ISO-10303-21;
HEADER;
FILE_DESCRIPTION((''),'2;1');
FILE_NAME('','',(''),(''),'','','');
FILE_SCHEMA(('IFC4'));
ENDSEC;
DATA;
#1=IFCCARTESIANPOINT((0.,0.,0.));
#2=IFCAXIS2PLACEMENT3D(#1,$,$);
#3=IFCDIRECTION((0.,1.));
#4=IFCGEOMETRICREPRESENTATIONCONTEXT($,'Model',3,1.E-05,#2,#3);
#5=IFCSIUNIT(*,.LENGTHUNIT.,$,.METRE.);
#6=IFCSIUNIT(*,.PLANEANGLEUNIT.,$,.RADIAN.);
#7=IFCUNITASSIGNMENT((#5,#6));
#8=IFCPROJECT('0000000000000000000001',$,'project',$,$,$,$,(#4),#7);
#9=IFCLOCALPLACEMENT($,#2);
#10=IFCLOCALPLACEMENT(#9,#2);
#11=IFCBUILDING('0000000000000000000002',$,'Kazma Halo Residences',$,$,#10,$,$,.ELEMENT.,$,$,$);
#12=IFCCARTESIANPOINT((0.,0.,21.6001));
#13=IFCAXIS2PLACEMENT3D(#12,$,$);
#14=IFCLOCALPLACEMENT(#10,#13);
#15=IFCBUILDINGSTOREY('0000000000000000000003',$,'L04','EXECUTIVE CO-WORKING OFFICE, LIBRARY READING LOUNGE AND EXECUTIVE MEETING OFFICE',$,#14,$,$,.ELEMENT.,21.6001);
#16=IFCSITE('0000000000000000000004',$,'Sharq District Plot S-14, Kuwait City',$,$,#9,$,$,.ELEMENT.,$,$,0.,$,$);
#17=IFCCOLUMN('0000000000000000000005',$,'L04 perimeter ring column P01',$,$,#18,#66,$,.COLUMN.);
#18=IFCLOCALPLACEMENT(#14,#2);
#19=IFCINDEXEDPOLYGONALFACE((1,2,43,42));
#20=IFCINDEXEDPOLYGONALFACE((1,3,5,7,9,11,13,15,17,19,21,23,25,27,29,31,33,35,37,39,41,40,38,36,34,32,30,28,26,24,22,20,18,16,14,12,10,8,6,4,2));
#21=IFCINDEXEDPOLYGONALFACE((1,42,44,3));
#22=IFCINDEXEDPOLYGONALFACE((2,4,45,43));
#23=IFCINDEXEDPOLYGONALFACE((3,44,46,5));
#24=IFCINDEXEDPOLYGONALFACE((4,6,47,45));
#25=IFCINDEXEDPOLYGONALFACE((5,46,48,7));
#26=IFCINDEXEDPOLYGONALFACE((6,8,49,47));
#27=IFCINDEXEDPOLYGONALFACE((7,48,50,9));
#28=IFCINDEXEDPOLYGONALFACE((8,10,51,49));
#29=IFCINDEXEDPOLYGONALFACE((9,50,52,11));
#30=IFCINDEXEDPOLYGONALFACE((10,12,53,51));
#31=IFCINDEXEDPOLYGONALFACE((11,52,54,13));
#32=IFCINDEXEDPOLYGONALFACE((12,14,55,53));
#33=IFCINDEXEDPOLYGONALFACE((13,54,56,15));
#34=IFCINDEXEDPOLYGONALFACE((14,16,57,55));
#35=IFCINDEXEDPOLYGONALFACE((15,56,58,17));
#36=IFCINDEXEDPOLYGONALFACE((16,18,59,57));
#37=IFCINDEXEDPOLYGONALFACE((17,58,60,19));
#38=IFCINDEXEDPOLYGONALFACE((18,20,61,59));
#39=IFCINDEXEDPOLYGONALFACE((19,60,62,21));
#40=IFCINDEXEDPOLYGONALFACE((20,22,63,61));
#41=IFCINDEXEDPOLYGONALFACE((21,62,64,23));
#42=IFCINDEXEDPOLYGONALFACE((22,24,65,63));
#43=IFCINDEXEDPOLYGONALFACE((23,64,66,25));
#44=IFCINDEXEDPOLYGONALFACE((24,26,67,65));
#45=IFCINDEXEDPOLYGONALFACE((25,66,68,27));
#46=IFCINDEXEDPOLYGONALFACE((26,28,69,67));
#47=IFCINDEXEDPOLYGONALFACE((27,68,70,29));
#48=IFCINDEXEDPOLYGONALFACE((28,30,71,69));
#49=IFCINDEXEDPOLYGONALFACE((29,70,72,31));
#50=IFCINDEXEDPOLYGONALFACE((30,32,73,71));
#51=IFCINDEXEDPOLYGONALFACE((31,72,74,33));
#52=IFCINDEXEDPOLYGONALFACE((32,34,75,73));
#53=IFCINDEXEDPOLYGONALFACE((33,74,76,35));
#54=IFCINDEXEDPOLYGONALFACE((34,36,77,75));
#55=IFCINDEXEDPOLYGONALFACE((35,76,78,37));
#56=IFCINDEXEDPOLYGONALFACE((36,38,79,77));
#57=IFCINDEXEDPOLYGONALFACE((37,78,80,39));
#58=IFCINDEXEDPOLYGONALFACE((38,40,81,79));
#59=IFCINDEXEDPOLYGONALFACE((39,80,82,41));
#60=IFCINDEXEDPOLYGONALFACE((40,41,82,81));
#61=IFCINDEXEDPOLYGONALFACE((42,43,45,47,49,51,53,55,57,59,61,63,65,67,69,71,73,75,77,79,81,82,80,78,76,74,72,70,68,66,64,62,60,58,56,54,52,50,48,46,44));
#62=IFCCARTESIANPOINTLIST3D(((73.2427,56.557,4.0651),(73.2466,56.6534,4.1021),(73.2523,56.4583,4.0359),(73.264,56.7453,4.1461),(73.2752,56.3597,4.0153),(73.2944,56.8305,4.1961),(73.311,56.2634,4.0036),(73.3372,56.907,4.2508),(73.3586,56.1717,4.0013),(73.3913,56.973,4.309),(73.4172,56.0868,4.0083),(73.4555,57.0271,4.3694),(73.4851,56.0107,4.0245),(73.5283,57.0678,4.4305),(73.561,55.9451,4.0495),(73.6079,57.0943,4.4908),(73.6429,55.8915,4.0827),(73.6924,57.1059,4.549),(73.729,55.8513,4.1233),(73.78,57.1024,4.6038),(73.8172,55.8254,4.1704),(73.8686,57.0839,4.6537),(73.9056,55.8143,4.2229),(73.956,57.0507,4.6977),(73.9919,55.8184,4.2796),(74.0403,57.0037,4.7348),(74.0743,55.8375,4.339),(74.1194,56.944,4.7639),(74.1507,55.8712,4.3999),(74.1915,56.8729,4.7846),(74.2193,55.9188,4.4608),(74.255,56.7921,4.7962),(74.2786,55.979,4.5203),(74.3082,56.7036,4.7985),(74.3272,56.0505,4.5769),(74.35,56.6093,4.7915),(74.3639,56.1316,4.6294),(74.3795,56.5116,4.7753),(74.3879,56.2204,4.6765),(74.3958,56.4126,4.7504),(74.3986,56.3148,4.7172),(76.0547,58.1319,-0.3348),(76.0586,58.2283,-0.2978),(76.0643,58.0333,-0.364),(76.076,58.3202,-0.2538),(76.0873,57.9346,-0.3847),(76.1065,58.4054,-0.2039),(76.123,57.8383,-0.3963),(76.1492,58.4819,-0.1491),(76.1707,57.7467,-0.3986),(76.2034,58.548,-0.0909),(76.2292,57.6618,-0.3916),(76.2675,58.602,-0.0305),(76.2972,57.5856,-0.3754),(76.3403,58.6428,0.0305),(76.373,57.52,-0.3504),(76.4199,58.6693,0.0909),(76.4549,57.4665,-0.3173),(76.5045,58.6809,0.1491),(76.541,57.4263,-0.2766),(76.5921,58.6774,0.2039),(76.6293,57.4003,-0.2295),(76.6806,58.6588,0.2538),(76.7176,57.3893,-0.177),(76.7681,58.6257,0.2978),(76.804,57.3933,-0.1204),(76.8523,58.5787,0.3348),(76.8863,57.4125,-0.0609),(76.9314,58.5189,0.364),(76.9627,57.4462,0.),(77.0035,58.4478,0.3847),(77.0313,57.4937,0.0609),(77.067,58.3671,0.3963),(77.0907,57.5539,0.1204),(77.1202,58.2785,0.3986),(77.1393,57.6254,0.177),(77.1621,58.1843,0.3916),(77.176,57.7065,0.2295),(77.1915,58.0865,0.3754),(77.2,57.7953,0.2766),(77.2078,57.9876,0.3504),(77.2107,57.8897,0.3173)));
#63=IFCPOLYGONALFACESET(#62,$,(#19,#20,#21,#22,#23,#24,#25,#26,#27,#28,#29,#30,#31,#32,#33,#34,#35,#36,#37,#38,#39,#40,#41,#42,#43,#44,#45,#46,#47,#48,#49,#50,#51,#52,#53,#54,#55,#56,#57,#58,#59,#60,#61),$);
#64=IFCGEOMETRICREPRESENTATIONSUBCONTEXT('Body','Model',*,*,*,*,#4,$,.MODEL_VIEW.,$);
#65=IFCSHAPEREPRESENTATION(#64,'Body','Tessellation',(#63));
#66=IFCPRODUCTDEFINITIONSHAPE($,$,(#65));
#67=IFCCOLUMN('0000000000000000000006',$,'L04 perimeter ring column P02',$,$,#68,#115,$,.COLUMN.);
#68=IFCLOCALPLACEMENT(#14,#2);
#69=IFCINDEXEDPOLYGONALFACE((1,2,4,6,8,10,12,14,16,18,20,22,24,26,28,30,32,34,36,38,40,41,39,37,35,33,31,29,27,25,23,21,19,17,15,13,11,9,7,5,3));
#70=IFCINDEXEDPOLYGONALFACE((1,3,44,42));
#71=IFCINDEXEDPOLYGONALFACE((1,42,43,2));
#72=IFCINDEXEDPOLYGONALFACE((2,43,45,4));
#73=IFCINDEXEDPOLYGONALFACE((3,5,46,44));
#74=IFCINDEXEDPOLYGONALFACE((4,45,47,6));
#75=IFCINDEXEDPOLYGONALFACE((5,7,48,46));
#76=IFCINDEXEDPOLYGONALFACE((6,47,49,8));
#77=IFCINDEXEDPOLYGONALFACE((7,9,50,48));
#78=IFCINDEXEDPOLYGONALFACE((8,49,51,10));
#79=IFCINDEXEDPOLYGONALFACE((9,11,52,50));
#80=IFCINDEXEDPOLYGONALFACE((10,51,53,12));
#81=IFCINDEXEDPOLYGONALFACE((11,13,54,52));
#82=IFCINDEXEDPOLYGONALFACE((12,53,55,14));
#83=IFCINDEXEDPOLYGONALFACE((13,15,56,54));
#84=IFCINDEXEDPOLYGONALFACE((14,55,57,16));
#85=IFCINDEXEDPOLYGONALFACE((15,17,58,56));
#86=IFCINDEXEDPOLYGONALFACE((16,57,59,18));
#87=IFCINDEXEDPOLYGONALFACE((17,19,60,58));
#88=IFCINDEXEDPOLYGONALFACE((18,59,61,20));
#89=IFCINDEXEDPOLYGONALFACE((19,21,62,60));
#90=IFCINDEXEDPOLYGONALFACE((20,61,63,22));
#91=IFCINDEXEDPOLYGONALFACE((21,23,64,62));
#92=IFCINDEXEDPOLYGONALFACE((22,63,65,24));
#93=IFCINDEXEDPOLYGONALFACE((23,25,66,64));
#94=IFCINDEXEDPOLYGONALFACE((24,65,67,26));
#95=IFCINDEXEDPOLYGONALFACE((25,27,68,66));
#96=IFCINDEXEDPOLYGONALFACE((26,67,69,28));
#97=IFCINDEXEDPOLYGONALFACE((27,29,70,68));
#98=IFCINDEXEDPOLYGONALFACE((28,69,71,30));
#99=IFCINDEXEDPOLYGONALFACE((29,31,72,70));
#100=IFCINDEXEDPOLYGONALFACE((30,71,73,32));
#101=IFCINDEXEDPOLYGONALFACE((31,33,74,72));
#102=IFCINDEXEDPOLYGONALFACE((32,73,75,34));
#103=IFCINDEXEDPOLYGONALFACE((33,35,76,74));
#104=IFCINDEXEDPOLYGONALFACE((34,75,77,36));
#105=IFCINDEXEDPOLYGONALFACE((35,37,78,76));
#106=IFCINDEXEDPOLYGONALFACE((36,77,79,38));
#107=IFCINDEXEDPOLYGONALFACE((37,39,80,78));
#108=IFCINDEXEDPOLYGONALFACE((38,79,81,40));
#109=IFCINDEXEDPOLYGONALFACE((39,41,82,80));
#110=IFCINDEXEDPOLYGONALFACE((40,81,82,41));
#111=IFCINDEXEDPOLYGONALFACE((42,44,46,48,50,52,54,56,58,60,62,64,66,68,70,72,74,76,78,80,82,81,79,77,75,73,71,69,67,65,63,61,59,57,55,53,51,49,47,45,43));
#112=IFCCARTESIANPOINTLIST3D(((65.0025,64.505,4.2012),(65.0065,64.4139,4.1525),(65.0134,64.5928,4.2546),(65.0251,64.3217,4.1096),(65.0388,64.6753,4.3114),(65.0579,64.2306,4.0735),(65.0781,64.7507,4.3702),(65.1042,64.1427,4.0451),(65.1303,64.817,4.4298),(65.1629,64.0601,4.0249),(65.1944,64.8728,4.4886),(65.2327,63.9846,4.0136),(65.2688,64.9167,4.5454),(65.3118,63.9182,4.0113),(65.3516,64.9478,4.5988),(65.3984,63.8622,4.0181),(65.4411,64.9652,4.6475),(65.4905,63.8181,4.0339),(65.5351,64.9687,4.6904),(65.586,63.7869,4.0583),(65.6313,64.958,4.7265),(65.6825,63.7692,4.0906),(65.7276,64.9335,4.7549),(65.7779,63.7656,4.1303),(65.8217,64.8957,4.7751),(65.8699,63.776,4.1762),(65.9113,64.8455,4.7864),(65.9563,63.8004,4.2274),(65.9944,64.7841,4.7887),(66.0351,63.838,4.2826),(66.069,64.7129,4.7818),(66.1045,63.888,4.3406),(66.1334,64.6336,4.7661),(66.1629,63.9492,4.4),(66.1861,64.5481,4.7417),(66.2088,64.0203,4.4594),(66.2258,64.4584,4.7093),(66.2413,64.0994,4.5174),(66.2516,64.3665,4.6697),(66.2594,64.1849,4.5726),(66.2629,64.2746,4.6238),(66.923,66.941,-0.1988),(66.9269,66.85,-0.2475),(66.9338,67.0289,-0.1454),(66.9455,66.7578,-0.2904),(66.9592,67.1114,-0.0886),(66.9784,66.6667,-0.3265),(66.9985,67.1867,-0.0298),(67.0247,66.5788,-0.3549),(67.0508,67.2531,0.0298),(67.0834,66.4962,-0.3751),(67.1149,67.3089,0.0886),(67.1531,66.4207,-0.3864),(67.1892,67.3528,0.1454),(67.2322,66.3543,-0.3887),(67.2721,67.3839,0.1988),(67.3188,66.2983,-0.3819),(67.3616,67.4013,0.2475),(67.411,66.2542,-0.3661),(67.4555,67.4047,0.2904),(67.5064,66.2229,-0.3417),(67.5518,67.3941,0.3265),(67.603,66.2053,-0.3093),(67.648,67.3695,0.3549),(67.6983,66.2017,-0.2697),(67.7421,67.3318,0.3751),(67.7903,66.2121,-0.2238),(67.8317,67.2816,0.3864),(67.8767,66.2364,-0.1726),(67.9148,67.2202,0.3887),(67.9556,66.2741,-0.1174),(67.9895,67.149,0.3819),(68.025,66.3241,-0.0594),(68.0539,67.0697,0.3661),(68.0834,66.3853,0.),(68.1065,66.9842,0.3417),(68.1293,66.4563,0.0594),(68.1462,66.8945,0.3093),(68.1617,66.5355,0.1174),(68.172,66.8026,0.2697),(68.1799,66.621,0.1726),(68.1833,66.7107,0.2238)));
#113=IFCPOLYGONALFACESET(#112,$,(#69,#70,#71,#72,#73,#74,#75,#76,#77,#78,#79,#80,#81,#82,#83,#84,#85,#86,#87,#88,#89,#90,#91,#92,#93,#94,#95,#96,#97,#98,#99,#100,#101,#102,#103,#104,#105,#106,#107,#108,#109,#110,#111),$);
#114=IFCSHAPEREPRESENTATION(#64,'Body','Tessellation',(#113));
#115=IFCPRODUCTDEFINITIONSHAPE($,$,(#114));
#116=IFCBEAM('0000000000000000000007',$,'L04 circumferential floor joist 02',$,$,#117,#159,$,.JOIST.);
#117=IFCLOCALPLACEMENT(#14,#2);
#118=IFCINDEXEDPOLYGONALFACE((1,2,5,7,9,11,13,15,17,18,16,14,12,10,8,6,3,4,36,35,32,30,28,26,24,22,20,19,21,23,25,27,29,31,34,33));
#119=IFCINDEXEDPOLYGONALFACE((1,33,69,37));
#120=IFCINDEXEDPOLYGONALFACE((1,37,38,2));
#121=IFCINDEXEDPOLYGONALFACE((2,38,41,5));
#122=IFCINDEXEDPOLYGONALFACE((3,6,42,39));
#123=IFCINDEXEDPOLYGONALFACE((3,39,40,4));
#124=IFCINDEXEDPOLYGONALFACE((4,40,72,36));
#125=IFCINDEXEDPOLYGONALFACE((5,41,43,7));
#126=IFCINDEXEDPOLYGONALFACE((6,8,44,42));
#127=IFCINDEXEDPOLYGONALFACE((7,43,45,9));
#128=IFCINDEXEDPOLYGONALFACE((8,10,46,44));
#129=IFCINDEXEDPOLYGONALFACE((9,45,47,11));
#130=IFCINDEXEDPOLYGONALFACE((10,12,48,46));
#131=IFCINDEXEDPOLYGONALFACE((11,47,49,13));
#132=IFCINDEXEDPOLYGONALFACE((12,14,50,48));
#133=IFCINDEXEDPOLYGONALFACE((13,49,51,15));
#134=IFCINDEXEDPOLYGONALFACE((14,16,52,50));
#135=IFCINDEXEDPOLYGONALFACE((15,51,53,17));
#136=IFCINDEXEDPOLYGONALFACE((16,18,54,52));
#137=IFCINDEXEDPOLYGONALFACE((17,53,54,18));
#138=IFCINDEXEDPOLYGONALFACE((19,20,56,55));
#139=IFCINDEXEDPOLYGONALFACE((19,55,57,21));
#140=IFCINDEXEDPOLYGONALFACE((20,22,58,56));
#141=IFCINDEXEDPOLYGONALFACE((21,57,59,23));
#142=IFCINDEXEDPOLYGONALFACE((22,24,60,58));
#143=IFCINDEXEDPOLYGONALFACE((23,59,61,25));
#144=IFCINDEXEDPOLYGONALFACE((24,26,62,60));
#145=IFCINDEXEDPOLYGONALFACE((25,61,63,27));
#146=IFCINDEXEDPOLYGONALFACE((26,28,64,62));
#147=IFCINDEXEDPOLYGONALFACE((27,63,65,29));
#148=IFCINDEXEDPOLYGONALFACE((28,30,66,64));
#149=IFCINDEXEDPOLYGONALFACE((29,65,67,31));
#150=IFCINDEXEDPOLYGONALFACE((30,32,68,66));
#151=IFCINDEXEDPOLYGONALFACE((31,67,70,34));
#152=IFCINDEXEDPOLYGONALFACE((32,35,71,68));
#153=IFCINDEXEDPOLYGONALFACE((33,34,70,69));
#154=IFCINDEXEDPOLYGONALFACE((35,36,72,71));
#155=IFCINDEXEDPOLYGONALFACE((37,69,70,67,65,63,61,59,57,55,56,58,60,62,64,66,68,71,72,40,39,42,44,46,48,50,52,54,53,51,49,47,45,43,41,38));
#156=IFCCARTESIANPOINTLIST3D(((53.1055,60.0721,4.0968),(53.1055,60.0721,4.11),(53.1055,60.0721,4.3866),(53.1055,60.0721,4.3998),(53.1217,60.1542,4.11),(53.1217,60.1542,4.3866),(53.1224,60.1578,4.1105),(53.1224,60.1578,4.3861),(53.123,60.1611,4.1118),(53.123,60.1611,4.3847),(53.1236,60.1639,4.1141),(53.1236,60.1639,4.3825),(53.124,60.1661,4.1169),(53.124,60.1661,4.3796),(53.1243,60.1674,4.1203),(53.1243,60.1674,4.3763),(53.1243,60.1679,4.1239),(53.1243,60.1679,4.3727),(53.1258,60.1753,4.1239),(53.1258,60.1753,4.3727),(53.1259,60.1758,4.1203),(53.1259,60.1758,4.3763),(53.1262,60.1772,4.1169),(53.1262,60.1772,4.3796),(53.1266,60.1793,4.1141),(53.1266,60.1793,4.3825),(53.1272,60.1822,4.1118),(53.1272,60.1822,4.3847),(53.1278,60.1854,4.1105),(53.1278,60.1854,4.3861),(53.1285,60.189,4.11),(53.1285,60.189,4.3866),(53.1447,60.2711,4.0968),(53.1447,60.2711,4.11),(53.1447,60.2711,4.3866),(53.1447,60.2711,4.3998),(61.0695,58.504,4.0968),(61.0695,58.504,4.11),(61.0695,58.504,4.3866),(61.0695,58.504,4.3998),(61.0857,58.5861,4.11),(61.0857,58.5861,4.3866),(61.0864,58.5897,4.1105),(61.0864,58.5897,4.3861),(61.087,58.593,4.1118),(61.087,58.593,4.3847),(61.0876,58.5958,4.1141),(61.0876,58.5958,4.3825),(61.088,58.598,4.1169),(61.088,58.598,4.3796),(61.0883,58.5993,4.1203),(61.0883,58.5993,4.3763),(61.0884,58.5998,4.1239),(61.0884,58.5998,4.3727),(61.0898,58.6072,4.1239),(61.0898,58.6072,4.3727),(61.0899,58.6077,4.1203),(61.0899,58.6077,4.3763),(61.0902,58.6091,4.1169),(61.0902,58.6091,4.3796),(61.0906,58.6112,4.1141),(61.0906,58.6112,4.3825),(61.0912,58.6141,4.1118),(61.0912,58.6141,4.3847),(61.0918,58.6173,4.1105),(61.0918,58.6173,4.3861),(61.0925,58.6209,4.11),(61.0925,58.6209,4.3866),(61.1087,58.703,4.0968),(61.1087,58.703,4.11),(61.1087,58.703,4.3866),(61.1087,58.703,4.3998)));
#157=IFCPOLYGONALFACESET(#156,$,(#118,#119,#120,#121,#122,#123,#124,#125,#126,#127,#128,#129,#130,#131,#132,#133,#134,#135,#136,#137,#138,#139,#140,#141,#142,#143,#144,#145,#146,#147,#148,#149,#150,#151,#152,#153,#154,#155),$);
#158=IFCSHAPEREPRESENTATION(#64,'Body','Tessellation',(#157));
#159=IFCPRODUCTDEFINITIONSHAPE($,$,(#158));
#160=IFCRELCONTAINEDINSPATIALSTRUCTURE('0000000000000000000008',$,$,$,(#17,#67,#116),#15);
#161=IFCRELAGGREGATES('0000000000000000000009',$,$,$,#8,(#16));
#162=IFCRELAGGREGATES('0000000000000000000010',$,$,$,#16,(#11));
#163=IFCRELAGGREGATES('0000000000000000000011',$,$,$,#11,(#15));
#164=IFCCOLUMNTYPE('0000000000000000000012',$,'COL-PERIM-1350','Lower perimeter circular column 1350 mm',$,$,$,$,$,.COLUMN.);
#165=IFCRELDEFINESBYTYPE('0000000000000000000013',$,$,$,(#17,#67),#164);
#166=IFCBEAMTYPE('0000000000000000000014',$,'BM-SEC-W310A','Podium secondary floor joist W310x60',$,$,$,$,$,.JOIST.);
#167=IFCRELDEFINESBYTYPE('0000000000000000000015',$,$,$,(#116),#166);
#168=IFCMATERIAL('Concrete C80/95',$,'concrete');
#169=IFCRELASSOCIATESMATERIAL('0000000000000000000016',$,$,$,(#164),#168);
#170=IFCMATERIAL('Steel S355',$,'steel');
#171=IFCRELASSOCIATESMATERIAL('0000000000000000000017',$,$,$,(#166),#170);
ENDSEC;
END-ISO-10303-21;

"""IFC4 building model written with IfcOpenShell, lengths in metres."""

from ifc_helpers import new_model, si_unit, direction, frame, origin, origin_2d, place, context, subcontext, project, spatial, circle, i_section, extrude, material, material_profile, profile_set, type_object, element, save


model = new_model("IFC4")

# Units and contexts
model_context = context("Model", 3, precision=1e-05, world=origin(), true_north=direction((0.0, 1.0)))
body_context = subcontext(model_context, "Body", "Model", "MODEL_VIEW")
ifc_project = project(units=[si_unit("LENGTHUNIT", "METRE"), si_unit("PLANEANGLEUNIT", "RADIAN")], contexts=[model_context])

# Site, building, storey
site_placement = place(None, origin())
site = spatial("IfcSite", under=ifc_project, at=site_placement, Name="Sharq District Plot S-14, Kuwait City", CompositionType="ELEMENT", RefElevation=0.0)
building_placement = place(site_placement, origin())
building = spatial("IfcBuilding", under=site, at=building_placement, Name="Kazma Halo Residences", CompositionType="ELEMENT")
storey_placement = place(building_placement, frame((0.0, 0.0, 21.6001)))
storey = spatial("IfcBuildingStorey", under=building, at=storey_placement, Name="L04", Description="EXECUTIVE CO-WORKING OFFICE, LIBRARY READING LOUNGE AND EXECUTIVE MEETING OFFICE", CompositionType="ELEMENT", Elevation=21.6001)

# Columns
ifc_material_1 = material(Name="Concrete C80/95", Category="concrete")
ifc_material_profile_1 = material_profile(ifc_material_1, circle(Radius=0.675, at=origin_2d()), Name="CIRC1350")
ifc_profile_set_1 = profile_set([ifc_material_profile_1], Name="Concrete C80/95")
column_type = type_object("IfcColumnType", Name="COL-PERIM-1350", Description="Lower perimeter circular column 1350 mm", PredefinedType="COLUMN", material=ifc_profile_set_1)
column_1_placement = place(storey_placement, frame((76.6328, 58.0352, 0.0), z_axis=(-0.515579, -0.288766, 0.806717), x_axis=(0.488656, -0.872476, 0.0)))
element("IfcColumn", 1, at=column_1_placement, inside=storey, type_object=column_type, Name="L04 perimeter ring column P01", PredefinedType="COLUMN", context=body_context, shape_type="SweptSolid", body=[
    extrude(circle(Radius=0.675, at=origin_2d()), origin(), (0.0, 0.0, 1.0), 5.4541),
])
column_2_placement = place(storey_placement, frame((67.5532, 66.8032, 0.0), z_axis=(-0.356726, -0.452506, 0.817304), x_axis=(0.785318, -0.619093, 0.0)))
element("IfcColumn", 2, at=column_2_placement, inside=storey, type_object=column_type, Name="L04 perimeter ring column P02", PredefinedType="COLUMN", context=body_context, shape_type="SweptSolid", body=[
    extrude(circle(Radius=0.675, at=origin_2d()), origin(), (0.0, 0.0, 1.0), 5.3835),
])

# Beam
ifc_material_2 = material(Name="Steel S355", Category="steel")
ifc_material_profile_2 = material_profile(ifc_material_2, i_section(OverallWidth=0.2029, OverallDepth=0.303, WebThickness=0.0076, FlangeThickness=0.0132, FilletRadius=0.0139, at=origin_2d()), Name="W310x60")
ifc_profile_set_2 = profile_set([ifc_material_profile_2], Name="Steel S355")
beam_type_1 = type_object("IfcBeamType", Name="BM-SEC-W310A", Description="Podium secondary floor joist W310x60", PredefinedType="JOIST", material=ifc_profile_set_2)
beam_1_placement = place(storey_placement, frame((61.0891, 58.6035, 4.2483), z_axis=(-0.981162, 0.193188, 0.0), x_axis=(-0.193188, -0.981162, 0.0)))
element("IfcBeam", 3, at=beam_1_placement, inside=storey, type_object=beam_type_1, Name="L04 circumferential floor joist 02", PredefinedType="JOIST", context=body_context, shape_type="SweptSolid", body=[
    extrude(i_section(OverallWidth=0.2029, OverallDepth=0.303, WebThickness=0.0076, FlangeThickness=0.0132, FilletRadius=0.0139, at=origin_2d()), origin(), (0.0, 0.0, 1.0), 8.1169),
])

save(model, "model.ifc")
